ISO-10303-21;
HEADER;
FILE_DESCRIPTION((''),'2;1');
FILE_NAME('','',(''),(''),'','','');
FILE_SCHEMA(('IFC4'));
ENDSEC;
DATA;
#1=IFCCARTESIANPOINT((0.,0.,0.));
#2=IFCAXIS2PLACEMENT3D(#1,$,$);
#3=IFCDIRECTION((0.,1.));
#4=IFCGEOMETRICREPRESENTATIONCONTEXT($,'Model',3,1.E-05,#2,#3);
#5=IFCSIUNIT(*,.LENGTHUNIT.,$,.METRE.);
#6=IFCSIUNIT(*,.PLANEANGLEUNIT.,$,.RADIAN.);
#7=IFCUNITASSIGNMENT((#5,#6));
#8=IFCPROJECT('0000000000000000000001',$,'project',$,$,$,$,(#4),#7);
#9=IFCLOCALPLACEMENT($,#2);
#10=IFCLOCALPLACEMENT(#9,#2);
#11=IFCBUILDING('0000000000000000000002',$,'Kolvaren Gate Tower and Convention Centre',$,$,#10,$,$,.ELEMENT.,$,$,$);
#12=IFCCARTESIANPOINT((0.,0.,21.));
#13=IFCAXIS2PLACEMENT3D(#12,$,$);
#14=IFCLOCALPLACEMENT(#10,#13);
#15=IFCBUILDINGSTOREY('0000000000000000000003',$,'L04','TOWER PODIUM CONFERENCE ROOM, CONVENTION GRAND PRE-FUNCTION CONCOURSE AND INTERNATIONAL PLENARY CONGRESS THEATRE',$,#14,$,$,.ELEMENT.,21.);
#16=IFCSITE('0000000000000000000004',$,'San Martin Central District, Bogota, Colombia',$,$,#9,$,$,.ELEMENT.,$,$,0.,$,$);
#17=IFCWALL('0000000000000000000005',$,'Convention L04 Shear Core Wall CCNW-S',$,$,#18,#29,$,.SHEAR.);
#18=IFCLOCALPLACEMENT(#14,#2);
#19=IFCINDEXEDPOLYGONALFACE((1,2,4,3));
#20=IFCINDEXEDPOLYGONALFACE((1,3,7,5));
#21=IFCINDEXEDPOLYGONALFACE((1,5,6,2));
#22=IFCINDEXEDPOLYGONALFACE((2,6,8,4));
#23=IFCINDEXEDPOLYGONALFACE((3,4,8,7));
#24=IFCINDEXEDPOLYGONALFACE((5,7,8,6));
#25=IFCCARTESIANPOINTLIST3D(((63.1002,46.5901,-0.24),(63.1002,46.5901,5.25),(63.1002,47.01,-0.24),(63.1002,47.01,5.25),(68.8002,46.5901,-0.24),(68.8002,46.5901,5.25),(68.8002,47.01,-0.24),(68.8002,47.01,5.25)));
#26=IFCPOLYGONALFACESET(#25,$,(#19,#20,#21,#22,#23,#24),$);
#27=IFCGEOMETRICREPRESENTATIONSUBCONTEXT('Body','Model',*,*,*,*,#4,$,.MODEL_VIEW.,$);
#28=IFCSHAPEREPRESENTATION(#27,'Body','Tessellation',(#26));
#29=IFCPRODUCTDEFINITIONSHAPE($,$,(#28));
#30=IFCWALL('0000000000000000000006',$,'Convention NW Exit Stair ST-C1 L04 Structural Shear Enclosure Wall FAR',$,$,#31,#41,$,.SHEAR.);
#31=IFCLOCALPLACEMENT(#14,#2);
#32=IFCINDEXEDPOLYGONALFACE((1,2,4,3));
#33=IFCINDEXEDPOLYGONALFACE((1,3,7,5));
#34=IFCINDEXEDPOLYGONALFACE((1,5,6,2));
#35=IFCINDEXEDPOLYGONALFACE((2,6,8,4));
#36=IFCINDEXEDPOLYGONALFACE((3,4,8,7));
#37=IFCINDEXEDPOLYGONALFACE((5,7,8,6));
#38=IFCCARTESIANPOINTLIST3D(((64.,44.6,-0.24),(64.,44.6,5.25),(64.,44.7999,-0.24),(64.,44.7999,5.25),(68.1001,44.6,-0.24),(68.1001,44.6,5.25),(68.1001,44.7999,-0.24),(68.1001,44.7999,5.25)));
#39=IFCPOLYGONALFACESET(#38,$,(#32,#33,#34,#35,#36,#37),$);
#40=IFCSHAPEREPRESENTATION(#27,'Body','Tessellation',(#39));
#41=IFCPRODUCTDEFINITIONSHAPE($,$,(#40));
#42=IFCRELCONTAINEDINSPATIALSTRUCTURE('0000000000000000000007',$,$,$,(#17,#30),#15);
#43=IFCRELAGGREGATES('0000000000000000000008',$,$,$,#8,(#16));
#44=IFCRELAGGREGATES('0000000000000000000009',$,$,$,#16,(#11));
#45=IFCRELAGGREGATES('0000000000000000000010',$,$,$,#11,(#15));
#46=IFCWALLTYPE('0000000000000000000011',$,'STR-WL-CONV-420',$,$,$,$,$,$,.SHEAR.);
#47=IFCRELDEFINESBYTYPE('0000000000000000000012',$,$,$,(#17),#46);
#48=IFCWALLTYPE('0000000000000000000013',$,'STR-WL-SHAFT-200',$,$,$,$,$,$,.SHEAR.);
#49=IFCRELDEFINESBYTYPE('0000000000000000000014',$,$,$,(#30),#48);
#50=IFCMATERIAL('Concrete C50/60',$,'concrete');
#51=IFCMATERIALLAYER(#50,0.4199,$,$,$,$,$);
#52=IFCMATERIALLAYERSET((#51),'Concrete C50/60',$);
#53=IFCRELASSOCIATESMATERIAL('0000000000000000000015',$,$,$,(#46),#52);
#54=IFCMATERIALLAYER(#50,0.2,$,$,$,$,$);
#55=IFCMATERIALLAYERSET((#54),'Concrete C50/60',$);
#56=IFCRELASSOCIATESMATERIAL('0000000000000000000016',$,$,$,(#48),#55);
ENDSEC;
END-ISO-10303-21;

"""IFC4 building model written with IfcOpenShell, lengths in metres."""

from ifc_helpers import new_model, si_unit, direction, frame, frame_2d, origin, place, context, subcontext, project, spatial, rectangle, extrude, material, layer, layer_set, type_object, element, save


model = new_model("IFC4")

# Units and contexts
model_context = context("Model", 3, precision=1e-05, world=origin(), true_north=direction((0.0, 1.0)))
body_context = subcontext(model_context, "Body", "Model", "MODEL_VIEW")
ifc_project = project(units=[si_unit("LENGTHUNIT", "METRE"), si_unit("PLANEANGLEUNIT", "RADIAN")], contexts=[model_context])

# Site, building, storey
site_placement = place(None, origin())
site = spatial("IfcSite", under=ifc_project, at=site_placement, Name="San Martin Central District, Bogota, Colombia", CompositionType="ELEMENT", RefElevation=0.0)
building_placement = place(site_placement, origin())
building = spatial("IfcBuilding", under=site, at=building_placement, Name="Kolvaren Gate Tower and Convention Centre", CompositionType="ELEMENT")
storey_placement = place(building_placement, frame((0.0, 0.0, 21.0)))
storey = spatial("IfcBuildingStorey", under=building, at=storey_placement, Name="L04", Description="TOWER PODIUM CONFERENCE ROOM, CONVENTION GRAND PRE-FUNCTION CONCOURSE AND INTERNATIONAL PLENARY CONGRESS THEATRE", CompositionType="ELEMENT", Elevation=21.0)

# Walls
ifc_material_1 = material(Name="Concrete C50/60", Category="concrete")
ifc_layer_1 = layer(ifc_material_1, 0.4199)
ifc_layer_set_1 = layer_set([ifc_layer_1], Name="Concrete C50/60")
wall_type_1 = type_object("IfcWallType", Name="STR-WL-CONV-420", PredefinedType="SHEAR", material=ifc_layer_set_1)
wall_1_placement = place(storey_placement, frame((63.1001, 46.8, -0.24), z_axis=(0.0, 0.0, 1.0), x_axis=(1.0, 0.0, 0.0)))
element("IfcWall", 1, at=wall_1_placement, inside=storey, type_object=wall_type_1, Name="Convention L04 Shear Core Wall CCNW-S", PredefinedType="SHEAR", context=body_context, shape_type="SweptSolid", body=[
    extrude(rectangle(XDim=5.7, YDim=0.4199, at=frame_2d((2.8501, 0.0))), origin(), (0.0, 0.0, 1.0), 5.49),
])
ifc_layer_2 = layer(ifc_material_1, 0.2)
ifc_layer_set_2 = layer_set([ifc_layer_2], Name="Concrete C50/60")
wall_type_2 = type_object("IfcWallType", Name="STR-WL-SHAFT-200", PredefinedType="SHEAR", material=ifc_layer_set_2)
wall_2_placement = place(storey_placement, frame((64.0, 44.7, -0.24), z_axis=(0.0, 0.0, 1.0), x_axis=(1.0, 0.0, 0.0)))
element("IfcWall", 2, at=wall_2_placement, inside=storey, type_object=wall_type_2, Name="Convention NW Exit Stair ST-C1 L04 Structural Shear Enclosure Wall FAR", PredefinedType="SHEAR", context=body_context, shape_type="SweptSolid", body=[
    extrude(rectangle(XDim=4.1001, YDim=0.2, at=frame_2d((2.05, 0.0))), origin(), (0.0, 0.0, 1.0), 5.49),
])

save(model, "model.ifc")
